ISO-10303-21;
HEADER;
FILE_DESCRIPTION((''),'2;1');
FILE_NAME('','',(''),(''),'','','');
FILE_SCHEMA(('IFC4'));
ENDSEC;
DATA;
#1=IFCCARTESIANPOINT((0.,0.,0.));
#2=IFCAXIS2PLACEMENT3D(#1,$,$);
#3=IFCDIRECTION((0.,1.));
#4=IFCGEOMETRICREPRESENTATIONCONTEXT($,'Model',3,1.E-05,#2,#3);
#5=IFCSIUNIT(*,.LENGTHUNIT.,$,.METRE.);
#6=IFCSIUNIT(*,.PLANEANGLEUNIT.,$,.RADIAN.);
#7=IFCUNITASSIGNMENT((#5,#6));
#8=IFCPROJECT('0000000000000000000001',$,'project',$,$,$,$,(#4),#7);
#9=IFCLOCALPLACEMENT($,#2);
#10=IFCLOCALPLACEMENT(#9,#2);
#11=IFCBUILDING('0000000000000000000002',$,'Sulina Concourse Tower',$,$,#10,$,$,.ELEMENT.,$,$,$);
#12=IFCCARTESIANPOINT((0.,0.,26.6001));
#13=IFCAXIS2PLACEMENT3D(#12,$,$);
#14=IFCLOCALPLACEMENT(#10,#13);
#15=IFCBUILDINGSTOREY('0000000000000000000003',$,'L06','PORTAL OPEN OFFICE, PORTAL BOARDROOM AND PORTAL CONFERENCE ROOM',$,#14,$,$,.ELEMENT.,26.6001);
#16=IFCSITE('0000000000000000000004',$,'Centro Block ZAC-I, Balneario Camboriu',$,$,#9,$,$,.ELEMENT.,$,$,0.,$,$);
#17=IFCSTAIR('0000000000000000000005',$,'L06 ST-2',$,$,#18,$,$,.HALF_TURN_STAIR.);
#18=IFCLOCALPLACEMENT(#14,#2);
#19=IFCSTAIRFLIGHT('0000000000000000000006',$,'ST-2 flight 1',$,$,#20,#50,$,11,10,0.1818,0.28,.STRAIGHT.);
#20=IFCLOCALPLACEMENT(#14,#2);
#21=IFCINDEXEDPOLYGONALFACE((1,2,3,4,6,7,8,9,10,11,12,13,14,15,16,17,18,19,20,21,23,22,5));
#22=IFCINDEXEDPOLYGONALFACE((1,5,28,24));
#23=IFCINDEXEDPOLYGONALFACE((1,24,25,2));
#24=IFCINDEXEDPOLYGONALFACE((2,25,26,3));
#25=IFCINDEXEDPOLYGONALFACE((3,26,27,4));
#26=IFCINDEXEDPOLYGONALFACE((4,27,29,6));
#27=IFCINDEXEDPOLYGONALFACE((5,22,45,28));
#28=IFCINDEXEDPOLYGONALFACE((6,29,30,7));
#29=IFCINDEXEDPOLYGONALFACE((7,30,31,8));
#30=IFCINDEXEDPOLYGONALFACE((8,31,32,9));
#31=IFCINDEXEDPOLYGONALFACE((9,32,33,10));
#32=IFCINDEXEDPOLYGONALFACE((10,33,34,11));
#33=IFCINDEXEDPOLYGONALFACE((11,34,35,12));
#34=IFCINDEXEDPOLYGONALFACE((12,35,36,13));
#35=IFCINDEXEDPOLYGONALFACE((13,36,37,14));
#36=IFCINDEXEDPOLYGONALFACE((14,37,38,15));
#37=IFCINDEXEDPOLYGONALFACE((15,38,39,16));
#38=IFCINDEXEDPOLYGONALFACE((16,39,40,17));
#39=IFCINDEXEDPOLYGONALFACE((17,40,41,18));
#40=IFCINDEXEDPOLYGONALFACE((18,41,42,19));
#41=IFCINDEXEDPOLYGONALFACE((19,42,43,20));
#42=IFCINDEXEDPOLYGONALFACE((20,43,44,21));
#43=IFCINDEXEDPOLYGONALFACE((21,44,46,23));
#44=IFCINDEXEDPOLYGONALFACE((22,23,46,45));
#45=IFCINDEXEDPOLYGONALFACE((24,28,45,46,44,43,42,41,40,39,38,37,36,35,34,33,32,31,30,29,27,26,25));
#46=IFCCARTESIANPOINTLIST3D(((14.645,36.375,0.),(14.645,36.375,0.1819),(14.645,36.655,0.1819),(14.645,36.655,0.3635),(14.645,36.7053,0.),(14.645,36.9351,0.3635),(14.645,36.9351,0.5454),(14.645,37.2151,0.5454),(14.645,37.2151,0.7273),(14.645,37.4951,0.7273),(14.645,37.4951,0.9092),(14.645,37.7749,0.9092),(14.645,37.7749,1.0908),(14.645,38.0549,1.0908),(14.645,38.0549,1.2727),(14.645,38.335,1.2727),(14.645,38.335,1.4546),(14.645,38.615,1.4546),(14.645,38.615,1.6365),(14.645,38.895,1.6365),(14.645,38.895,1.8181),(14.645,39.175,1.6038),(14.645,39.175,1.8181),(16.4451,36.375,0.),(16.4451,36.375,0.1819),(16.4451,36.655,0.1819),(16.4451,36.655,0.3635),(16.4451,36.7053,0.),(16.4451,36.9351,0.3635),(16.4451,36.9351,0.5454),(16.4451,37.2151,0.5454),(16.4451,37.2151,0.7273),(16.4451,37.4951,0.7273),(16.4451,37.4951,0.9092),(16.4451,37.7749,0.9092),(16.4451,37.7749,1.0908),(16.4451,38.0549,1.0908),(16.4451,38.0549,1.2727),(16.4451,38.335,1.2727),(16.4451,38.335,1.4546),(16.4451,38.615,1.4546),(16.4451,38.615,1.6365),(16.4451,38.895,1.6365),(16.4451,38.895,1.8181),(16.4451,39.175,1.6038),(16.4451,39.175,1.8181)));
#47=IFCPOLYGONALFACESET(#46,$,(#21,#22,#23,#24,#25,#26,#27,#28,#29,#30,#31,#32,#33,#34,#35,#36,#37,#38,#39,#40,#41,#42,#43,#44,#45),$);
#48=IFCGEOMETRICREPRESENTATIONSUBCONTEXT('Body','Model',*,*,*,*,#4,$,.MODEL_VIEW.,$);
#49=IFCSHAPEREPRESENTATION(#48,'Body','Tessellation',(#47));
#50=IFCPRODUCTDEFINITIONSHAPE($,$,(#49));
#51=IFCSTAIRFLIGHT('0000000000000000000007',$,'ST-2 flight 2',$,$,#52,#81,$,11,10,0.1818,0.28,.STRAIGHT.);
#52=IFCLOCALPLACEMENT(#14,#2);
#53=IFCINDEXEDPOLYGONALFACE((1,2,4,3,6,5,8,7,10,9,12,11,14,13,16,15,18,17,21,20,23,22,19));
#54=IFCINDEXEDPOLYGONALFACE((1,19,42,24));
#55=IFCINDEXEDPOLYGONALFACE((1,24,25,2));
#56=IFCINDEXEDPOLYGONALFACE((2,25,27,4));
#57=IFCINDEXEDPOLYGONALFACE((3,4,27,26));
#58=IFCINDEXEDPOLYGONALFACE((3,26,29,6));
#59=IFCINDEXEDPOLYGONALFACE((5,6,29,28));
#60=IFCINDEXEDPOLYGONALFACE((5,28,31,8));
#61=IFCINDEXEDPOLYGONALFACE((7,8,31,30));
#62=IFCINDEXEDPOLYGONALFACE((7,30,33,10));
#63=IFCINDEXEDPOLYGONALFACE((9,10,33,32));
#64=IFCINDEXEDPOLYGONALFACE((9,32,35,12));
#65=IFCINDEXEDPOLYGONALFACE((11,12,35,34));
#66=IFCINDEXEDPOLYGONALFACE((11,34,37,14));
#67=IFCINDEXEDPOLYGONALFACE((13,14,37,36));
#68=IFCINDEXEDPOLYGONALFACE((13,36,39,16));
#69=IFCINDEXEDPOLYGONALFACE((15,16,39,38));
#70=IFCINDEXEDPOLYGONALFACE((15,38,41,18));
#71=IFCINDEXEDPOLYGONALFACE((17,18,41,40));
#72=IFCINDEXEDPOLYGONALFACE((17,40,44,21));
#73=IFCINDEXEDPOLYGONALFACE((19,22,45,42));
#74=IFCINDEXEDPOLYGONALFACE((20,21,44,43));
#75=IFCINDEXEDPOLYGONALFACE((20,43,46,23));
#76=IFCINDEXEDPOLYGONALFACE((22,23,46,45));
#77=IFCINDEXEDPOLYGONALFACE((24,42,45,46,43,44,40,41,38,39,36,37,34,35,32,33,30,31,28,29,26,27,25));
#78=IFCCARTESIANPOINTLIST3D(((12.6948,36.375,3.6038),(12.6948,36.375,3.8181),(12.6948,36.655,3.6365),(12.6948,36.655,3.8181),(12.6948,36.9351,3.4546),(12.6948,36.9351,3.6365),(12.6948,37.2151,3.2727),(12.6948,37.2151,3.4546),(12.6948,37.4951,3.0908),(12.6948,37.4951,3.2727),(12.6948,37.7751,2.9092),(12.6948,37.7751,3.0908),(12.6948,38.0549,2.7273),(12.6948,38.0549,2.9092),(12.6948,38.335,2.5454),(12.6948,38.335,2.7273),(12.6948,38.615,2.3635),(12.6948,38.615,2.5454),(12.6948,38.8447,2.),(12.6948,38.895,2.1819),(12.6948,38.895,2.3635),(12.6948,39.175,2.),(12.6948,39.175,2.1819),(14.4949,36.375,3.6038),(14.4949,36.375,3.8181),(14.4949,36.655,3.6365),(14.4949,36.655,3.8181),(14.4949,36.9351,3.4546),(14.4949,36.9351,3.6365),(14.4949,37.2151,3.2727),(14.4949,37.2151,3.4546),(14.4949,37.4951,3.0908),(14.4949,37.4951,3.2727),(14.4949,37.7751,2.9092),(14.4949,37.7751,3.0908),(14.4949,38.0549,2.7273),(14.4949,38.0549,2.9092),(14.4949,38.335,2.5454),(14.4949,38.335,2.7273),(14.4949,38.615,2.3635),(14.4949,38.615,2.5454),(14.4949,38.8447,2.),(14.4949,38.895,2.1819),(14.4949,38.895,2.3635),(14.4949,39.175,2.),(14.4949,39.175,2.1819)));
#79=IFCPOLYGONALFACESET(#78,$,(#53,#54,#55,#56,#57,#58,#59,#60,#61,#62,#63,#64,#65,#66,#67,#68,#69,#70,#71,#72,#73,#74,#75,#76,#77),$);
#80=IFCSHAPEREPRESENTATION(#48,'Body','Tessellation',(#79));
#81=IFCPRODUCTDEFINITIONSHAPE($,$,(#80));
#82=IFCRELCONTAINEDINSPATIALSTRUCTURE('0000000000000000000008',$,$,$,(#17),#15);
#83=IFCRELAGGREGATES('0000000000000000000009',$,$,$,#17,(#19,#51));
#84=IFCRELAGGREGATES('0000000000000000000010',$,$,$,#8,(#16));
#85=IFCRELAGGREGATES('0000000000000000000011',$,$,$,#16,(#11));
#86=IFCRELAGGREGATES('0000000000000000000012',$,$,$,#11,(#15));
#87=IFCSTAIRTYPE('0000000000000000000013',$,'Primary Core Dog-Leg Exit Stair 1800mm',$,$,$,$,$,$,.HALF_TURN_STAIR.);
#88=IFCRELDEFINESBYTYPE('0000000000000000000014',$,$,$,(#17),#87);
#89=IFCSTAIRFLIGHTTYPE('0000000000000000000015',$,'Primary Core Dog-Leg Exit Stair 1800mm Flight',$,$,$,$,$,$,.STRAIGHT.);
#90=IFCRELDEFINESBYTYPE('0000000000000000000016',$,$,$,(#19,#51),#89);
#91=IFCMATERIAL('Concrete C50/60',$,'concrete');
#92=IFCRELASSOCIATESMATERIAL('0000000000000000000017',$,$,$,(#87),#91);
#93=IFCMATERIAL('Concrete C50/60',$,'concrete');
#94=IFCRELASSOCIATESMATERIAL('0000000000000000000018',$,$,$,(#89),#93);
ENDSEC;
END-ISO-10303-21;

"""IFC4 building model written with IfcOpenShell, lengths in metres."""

from ifc_helpers import new_model, si_unit, direction, frame, origin, place, context, subcontext, project, spatial, polyline, outline, extrude, material, type_object, element, aggregate, save


model = new_model("IFC4")

# Units and contexts
model_context = context("Model", 3, precision=1e-05, world=origin(), true_north=direction((0.0, 1.0)))
body_context = subcontext(model_context, "Body", "Model", "MODEL_VIEW")
ifc_project = project(units=[si_unit("LENGTHUNIT", "METRE"), si_unit("PLANEANGLEUNIT", "RADIAN")], contexts=[model_context])

# Site, building, storey
site_placement = place(None, origin())
site = spatial("IfcSite", under=ifc_project, at=site_placement, Name="Centro Block ZAC-I, Balneario Camboriu", CompositionType="ELEMENT", RefElevation=0.0)
building_placement = place(site_placement, origin())
building = spatial("IfcBuilding", under=site, at=building_placement, Name="Sulina Concourse Tower", CompositionType="ELEMENT")
storey_placement = place(building_placement, frame((0.0, 0.0, 26.6001)))
storey = spatial("IfcBuildingStorey", under=building, at=storey_placement, Name="L06", Description="PORTAL OPEN OFFICE, PORTAL BOARDROOM AND PORTAL CONFERENCE ROOM", CompositionType="ELEMENT", Elevation=26.6001)

# Stair, stair flights
ifc_material_1 = material(Name="Concrete C50/60", Category="concrete")
stair_type = type_object("IfcStairType", Name="Primary Core Dog-Leg Exit Stair 1800mm", PredefinedType="HALF_TURN_STAIR", material=ifc_material_1)
ifc_material_2 = material(Name="Concrete C50/60", Category="concrete")
stair_flight_type = type_object("IfcStairFlightType", Name="Primary Core Dog-Leg Exit Stair 1800mm Flight", PredefinedType="STRAIGHT", material=ifc_material_2)
stair_1_placement = place(storey_placement, origin())
stair_1 = element("IfcStair", 1, at=stair_1_placement, inside=storey, type_object=stair_type, Name="L06 ST-2", PredefinedType="HALF_TURN_STAIR")
stair_flight_1_placement = place(storey_placement, frame((15.5449, 36.375, 0.0), z_axis=(0.0, 0.0, 1.0), x_axis=(0.0, 1.0, 0.0)))
stair_flight_1 = element("IfcStairFlight", 2, at=stair_flight_1_placement, type_object=stair_flight_type, Name="ST-2 flight 1", NumberOfRisers=11, NumberOfTreads=10, PredefinedType="STRAIGHT", RiserHeight=0.1818, TreadLength=0.28, context=body_context, shape_type="SweptSolid", body=[
    extrude(outline(polyline([(0.0, 0.0), (0.0, 0.1819), (0.28, 0.1819), (0.28, 0.3635), (0.5601, 0.3635), (0.5601, 0.5454), (0.8401, 0.5454), (0.8401, 0.7273), (1.1201, 0.7273), (1.1201, 0.9092), (1.3999, 0.9092), (1.3999, 1.0908), (1.6799, 1.0908), (1.6799, 1.2727), (1.96, 1.2727), (1.96, 1.4546), (2.24, 1.4546), (2.24, 1.6365), (2.52, 1.6365), (2.52, 1.8181), (2.8, 1.8181), (2.8, 2.0), (2.8, 1.6038), (0.3303, 0.0), (0.0, 0.0)])), frame((0.0, 0.8999, 0.0), z_axis=(0.0, -1.0, 0.0), x_axis=(1.0, 0.0, 0.0)), (0.0, 0.0, 1.0), 1.8),
])
stair_flight_2_placement = place(storey_placement, frame((13.595, 39.175, 2.0), z_axis=(0.0, 0.0, 1.0), x_axis=(0.0, -1.0, 0.0)))
stair_flight_2 = element("IfcStairFlight", 3, at=stair_flight_2_placement, type_object=stair_flight_type, Name="ST-2 flight 2", NumberOfRisers=11, NumberOfTreads=10, PredefinedType="STRAIGHT", RiserHeight=0.1818, TreadLength=0.28, context=body_context, shape_type="SweptSolid", body=[
    extrude(outline(polyline([(0.0, 0.0), (0.0, 0.1819), (0.28, 0.1819), (0.28, 0.3635), (0.5601, 0.3635), (0.5601, 0.5454), (0.8401, 0.5454), (0.8401, 0.7273), (1.1201, 0.7273), (1.1201, 0.9092), (1.3999, 0.9092), (1.3999, 1.0908), (1.6799, 1.0908), (1.6799, 1.2727), (1.96, 1.2727), (1.96, 1.4546), (2.24, 1.4546), (2.24, 1.6365), (2.52, 1.6365), (2.52, 1.8181), (2.8, 1.8181), (2.8, 2.0), (2.8, 1.6038), (0.3303, 0.0), (0.0, 0.0)])), frame((0.0, 0.8999, 0.0), z_axis=(0.0, -1.0, 0.0), x_axis=(1.0, 0.0, 0.0)), (0.0, 0.0, 1.0), 1.8),
])
aggregate(stair_1, [stair_flight_1, stair_flight_2])

save(model, "model.ifc")
